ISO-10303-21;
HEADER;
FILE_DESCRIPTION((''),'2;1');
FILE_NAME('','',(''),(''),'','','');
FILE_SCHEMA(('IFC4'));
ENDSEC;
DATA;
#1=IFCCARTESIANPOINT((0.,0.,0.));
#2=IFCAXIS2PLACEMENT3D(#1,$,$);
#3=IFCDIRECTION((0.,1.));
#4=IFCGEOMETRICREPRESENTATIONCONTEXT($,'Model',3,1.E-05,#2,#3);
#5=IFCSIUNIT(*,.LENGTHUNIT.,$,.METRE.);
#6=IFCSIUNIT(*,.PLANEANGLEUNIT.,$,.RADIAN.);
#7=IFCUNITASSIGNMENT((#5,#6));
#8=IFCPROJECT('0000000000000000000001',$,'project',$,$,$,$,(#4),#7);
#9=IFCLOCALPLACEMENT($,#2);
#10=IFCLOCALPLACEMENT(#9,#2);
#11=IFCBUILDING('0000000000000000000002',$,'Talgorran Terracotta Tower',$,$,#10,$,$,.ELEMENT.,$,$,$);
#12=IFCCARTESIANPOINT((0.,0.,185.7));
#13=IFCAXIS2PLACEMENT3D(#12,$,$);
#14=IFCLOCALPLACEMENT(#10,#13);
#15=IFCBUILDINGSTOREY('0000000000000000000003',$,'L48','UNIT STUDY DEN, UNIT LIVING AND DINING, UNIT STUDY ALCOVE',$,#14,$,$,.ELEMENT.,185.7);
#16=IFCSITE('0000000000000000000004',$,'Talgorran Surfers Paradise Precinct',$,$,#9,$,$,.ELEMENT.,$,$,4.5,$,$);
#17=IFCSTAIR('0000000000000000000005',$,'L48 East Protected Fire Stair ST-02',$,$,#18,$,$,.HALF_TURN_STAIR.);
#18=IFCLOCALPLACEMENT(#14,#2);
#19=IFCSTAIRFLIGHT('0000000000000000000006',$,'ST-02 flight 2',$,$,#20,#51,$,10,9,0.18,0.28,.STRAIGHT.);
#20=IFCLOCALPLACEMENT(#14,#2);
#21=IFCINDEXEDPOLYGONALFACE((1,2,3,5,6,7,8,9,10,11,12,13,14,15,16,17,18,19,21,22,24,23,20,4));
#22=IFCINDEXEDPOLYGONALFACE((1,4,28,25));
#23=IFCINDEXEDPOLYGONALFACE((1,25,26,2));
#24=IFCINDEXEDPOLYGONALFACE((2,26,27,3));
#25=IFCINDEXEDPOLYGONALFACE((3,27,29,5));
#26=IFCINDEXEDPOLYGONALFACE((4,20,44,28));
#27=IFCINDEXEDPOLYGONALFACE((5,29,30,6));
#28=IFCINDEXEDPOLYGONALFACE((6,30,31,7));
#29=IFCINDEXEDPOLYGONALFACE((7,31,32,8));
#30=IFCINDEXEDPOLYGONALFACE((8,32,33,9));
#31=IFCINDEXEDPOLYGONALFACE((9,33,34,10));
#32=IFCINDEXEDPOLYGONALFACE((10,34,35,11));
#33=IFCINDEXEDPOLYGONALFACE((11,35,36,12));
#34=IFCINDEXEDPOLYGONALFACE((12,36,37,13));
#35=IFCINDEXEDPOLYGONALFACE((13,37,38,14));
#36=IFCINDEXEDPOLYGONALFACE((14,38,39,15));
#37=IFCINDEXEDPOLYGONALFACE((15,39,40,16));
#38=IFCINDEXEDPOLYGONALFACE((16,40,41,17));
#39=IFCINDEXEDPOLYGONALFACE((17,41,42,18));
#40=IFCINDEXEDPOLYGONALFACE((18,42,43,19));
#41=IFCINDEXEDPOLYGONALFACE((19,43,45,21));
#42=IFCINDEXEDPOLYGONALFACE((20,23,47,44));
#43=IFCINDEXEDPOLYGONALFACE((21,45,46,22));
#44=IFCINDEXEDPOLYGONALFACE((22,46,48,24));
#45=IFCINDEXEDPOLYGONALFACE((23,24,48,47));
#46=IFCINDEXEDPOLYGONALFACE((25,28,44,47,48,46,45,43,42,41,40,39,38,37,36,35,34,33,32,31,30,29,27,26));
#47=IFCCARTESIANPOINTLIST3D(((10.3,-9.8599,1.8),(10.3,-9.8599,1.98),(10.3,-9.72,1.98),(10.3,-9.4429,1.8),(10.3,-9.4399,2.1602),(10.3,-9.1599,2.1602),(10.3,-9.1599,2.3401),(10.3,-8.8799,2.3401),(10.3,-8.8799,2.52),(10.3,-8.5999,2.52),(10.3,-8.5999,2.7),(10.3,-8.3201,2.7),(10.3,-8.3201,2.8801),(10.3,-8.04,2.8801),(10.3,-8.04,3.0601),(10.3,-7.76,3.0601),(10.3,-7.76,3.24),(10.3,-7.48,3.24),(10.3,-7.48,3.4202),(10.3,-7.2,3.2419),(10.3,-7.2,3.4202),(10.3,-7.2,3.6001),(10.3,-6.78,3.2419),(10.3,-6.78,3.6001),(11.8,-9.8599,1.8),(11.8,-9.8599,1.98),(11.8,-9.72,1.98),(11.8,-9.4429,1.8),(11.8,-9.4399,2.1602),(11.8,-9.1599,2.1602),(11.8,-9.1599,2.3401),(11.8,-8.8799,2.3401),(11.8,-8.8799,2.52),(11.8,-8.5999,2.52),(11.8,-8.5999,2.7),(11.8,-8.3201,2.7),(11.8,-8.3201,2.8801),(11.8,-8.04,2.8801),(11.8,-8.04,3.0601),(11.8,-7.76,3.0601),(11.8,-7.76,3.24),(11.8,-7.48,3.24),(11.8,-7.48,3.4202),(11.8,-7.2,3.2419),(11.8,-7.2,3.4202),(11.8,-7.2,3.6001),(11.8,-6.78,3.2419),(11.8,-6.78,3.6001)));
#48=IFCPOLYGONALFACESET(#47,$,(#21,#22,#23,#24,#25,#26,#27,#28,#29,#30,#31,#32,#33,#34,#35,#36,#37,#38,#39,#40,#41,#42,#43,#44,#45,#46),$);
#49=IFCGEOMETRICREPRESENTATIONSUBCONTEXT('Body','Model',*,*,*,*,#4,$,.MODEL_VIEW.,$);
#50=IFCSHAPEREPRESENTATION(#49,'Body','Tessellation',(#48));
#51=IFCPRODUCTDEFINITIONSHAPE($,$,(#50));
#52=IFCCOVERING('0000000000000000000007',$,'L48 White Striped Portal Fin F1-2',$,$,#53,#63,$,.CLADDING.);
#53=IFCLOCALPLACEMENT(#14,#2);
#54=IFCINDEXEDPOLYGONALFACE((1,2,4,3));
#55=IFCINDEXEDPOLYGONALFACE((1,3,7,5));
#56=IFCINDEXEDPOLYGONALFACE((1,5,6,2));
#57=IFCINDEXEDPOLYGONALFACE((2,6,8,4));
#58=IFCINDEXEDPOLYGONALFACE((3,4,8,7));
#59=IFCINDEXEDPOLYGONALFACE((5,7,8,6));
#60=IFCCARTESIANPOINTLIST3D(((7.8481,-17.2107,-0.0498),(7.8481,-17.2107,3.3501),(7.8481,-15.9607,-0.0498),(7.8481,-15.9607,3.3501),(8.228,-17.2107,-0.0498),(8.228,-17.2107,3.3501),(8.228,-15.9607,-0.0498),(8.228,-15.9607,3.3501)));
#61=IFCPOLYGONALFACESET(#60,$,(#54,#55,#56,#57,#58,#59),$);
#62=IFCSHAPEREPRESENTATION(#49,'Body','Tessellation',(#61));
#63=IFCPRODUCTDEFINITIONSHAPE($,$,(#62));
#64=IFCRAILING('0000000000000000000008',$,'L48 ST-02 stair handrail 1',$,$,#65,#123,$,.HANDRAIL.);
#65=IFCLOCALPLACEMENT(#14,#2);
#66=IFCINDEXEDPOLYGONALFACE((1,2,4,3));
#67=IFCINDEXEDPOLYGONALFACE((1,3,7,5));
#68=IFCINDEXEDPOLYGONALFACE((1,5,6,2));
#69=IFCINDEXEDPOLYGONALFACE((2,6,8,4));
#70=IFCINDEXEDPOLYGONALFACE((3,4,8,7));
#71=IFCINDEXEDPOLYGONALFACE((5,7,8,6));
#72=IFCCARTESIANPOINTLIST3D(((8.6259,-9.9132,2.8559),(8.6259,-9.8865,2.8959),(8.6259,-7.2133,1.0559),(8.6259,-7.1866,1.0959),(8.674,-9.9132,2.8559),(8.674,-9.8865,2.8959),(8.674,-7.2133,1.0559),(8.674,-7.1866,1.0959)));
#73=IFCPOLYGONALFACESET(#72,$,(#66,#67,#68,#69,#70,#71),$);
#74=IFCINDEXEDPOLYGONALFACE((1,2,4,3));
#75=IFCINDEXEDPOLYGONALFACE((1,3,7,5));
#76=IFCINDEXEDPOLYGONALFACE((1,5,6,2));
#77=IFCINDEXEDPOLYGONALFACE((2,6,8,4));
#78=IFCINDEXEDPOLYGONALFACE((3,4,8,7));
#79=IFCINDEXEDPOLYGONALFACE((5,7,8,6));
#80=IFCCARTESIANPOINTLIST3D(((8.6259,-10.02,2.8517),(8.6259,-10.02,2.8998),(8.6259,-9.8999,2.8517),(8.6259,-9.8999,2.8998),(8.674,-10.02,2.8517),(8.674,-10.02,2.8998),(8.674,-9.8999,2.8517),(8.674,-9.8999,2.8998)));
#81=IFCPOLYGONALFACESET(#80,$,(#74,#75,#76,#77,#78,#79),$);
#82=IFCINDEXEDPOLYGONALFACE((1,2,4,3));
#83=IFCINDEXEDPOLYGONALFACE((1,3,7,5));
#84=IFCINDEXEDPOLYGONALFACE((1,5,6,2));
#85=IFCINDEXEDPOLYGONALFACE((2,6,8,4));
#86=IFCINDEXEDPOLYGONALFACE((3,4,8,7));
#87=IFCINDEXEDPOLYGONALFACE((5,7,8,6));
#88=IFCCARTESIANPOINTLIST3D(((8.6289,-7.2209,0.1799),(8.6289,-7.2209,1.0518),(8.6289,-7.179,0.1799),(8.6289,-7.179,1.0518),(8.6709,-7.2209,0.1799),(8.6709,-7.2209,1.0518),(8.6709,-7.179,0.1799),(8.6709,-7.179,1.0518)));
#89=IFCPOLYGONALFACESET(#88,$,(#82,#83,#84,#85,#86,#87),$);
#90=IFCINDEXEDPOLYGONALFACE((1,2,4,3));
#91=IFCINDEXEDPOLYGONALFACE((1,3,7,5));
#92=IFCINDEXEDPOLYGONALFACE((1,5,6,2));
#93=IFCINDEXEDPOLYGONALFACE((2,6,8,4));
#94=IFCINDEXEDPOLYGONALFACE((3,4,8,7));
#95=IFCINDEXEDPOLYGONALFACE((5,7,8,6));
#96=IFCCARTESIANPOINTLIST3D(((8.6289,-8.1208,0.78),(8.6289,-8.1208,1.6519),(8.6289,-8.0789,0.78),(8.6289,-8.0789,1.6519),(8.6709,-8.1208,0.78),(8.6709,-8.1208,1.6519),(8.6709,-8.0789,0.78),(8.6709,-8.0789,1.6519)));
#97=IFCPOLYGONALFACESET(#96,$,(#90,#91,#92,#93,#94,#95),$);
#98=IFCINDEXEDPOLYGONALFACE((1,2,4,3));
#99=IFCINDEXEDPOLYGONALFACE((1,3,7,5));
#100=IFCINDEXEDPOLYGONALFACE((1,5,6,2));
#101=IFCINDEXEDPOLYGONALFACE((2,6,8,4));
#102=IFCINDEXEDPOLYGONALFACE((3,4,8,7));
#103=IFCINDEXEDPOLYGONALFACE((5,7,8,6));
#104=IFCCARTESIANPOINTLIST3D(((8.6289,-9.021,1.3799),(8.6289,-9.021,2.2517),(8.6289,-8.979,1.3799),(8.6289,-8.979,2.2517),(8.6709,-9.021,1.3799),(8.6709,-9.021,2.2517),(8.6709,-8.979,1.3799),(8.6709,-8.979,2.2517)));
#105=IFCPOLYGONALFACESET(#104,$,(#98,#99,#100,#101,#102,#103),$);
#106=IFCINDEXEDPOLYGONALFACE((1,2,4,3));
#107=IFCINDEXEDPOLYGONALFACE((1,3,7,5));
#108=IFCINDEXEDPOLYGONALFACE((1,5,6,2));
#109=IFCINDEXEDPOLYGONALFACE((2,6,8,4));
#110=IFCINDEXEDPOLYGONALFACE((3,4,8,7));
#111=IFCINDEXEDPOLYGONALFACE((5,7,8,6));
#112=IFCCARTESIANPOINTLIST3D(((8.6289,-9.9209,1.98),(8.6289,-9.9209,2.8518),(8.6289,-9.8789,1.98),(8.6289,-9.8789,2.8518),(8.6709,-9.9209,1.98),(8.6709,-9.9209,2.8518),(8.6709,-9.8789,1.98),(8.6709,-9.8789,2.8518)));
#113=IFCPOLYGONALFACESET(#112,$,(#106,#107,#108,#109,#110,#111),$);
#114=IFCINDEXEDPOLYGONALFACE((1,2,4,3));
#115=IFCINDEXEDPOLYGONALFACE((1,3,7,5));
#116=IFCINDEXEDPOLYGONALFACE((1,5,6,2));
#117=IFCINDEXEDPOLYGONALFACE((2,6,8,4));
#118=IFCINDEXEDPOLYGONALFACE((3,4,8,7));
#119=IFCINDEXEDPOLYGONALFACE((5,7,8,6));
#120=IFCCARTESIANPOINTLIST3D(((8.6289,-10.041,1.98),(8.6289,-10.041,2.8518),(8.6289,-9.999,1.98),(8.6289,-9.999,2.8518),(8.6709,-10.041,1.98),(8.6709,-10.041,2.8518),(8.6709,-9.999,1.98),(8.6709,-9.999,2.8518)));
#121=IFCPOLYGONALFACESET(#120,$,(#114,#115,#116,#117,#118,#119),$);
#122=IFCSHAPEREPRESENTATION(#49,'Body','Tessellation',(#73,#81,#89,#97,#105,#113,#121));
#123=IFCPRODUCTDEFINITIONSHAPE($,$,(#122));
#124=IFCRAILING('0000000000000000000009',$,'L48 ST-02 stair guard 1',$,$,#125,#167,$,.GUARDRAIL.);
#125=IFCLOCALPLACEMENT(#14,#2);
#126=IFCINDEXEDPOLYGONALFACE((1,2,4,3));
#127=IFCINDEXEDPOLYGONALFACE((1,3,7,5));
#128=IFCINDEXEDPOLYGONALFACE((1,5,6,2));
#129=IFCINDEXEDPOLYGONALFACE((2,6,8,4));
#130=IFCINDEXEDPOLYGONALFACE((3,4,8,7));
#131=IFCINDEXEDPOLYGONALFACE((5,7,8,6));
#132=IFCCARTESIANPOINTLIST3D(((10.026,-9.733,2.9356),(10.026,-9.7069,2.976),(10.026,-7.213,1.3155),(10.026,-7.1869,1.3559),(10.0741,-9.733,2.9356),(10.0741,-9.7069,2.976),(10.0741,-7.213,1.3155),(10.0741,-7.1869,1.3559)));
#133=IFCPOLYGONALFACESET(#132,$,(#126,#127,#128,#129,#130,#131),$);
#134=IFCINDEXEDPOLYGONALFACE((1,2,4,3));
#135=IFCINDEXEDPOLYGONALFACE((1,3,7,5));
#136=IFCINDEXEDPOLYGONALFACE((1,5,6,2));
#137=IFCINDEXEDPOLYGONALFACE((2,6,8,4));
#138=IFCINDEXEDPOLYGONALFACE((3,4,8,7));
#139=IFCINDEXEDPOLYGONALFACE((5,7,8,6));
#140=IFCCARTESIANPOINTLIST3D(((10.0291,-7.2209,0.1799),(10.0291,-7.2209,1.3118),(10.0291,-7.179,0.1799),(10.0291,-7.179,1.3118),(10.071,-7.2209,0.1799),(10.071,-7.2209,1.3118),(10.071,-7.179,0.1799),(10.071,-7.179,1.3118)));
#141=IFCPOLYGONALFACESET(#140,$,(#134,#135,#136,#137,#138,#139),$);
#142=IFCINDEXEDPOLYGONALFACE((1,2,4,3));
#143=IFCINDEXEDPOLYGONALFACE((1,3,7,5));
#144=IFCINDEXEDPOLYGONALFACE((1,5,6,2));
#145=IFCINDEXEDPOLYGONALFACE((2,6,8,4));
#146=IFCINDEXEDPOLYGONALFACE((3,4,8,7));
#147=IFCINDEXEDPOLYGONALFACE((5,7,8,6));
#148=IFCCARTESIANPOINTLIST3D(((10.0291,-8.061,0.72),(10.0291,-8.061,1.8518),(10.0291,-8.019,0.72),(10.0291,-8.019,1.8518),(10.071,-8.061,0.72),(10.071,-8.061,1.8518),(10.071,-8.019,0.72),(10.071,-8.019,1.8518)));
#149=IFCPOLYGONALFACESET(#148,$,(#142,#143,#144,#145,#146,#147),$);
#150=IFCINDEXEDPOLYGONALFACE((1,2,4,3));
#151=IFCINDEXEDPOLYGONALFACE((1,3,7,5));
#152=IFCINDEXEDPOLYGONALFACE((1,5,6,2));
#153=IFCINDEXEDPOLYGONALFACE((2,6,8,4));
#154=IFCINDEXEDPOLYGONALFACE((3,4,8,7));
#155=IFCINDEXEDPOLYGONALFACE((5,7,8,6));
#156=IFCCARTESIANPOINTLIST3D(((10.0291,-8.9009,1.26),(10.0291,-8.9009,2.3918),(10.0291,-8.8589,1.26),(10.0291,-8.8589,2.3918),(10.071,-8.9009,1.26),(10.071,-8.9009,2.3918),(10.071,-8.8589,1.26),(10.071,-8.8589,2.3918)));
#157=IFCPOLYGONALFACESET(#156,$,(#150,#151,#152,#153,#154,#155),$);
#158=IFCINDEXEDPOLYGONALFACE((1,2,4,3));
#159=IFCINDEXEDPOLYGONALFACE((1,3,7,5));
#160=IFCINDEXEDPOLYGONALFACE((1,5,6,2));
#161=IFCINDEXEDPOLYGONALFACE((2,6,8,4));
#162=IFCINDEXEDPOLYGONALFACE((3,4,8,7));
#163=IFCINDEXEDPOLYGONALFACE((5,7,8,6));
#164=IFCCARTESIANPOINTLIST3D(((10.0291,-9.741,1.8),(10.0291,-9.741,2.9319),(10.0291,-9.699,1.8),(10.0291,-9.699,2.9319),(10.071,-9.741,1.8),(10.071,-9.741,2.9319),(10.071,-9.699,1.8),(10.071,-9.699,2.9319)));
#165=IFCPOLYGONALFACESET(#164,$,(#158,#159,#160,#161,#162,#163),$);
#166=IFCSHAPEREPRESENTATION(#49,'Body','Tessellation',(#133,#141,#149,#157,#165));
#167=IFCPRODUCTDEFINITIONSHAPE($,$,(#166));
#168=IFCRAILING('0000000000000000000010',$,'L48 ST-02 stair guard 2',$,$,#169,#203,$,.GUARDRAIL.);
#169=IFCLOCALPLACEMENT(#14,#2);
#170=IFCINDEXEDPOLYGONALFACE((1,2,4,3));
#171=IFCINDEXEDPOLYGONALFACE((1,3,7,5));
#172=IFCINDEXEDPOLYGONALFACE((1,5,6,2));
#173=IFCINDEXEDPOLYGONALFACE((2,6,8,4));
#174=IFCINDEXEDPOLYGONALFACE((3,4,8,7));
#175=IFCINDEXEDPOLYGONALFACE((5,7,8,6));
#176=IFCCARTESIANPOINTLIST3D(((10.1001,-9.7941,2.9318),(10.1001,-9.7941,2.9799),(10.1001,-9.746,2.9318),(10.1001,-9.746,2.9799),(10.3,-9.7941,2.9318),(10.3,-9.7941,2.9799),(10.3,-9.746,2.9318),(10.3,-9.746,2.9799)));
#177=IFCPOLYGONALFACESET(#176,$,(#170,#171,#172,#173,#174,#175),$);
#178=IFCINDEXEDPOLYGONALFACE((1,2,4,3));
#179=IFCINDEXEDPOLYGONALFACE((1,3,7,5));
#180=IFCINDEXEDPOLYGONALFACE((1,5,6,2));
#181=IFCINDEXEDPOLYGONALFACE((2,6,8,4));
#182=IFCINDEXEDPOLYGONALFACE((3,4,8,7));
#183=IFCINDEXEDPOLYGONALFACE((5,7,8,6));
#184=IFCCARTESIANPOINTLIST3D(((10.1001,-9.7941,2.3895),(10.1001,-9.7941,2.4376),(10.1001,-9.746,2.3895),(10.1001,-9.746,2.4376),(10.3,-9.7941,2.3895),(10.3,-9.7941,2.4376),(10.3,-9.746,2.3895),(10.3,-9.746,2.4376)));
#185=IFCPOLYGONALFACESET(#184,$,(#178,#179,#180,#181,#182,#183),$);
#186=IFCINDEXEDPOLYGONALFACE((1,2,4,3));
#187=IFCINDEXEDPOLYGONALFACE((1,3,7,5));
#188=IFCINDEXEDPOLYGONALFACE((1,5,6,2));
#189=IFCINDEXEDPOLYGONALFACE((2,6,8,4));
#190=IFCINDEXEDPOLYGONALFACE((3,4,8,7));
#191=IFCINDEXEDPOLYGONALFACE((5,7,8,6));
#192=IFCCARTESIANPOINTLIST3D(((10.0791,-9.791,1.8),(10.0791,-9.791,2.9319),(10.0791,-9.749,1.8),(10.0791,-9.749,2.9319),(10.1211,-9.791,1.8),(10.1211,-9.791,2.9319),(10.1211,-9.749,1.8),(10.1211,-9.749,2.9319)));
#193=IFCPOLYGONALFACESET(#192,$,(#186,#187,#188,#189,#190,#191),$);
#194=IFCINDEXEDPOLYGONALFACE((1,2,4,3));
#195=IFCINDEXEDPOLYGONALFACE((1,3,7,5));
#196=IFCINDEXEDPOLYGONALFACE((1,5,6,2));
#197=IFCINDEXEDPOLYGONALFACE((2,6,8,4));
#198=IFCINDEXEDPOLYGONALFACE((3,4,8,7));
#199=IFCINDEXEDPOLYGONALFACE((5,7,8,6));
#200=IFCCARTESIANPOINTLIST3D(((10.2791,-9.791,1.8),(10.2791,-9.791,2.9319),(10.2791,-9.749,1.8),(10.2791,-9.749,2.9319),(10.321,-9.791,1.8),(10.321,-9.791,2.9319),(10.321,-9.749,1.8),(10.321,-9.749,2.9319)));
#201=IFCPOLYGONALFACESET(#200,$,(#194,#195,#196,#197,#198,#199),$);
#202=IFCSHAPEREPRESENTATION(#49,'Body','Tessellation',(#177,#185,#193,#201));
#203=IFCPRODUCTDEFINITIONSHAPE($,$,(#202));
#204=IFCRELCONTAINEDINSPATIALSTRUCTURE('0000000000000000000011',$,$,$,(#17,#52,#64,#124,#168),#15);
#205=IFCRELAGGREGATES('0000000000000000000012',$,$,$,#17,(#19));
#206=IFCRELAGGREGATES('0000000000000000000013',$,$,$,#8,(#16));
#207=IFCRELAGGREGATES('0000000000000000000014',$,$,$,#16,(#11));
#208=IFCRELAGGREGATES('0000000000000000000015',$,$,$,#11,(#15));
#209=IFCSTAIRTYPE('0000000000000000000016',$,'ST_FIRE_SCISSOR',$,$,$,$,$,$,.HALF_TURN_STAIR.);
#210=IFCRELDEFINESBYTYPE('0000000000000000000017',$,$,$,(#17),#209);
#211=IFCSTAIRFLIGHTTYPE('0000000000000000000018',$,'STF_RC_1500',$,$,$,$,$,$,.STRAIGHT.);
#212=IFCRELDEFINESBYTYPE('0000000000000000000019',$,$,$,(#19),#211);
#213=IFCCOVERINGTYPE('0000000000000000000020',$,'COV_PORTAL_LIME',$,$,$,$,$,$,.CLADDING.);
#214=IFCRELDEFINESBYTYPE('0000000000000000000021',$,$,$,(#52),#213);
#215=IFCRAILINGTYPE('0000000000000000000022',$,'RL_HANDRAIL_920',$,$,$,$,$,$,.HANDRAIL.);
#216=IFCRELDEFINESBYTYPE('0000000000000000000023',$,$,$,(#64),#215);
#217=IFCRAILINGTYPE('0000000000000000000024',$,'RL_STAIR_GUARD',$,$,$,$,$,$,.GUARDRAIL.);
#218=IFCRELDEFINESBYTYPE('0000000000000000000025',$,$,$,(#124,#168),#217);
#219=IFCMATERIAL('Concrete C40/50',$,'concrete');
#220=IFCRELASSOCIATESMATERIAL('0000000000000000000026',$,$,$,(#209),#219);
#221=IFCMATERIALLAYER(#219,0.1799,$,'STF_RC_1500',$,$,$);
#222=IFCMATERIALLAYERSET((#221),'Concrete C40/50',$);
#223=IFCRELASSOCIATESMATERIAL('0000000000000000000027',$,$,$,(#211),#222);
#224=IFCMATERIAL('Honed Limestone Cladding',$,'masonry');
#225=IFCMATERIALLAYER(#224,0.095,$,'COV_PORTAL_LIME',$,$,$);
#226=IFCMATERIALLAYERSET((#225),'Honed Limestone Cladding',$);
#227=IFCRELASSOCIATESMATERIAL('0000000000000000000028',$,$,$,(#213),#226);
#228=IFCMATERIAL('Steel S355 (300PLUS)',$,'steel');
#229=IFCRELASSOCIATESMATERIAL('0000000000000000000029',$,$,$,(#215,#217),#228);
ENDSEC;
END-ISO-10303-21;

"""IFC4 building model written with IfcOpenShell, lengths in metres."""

from ifc_helpers import new_model, si_unit, direction, frame, origin, origin_2d, place, context, subcontext, project, spatial, polyline, rectangle, outline, extrude, material, layer, layer_set, type_object, element, aggregate, save


model = new_model("IFC4")

# Units and contexts
model_context = context("Model", 3, precision=1e-05, world=origin(), true_north=direction((0.0, 1.0)))
body_context = subcontext(model_context, "Body", "Model", "MODEL_VIEW")
ifc_project = project(units=[si_unit("LENGTHUNIT", "METRE"), si_unit("PLANEANGLEUNIT", "RADIAN")], contexts=[model_context])

# Site, building, storey
site_placement = place(None, origin())
site = spatial("IfcSite", under=ifc_project, at=site_placement, Name="Talgorran Surfers Paradise Precinct", CompositionType="ELEMENT", RefElevation=4.5)
building_placement = place(site_placement, origin())
building = spatial("IfcBuilding", under=site, at=building_placement, Name="Talgorran Terracotta Tower", CompositionType="ELEMENT")
storey_placement = place(building_placement, frame((0.0, 0.0, 185.7)))
storey = spatial("IfcBuildingStorey", under=building, at=storey_placement, Name="L48", Description="UNIT STUDY DEN, UNIT LIVING AND DINING, UNIT STUDY ALCOVE", CompositionType="ELEMENT", Elevation=185.7)

# Shared definitions
ifc_material_1 = material(Name="Steel S355 (300PLUS)", Category="steel")

# Stair, stair flight
ifc_material_2 = material(Name="Concrete C40/50", Category="concrete")
stair_type = type_object("IfcStairType", Name="ST_FIRE_SCISSOR", PredefinedType="HALF_TURN_STAIR", material=ifc_material_2)
stair_placement = place(storey_placement, origin())
stair = element("IfcStair", 1, at=stair_placement, inside=storey, type_object=stair_type, Name="L48 East Protected Fire Stair ST-02", PredefinedType="HALF_TURN_STAIR")
ifc_layer_1 = layer(ifc_material_2, 0.1799, Name="STF_RC_1500")
ifc_layer_set_1 = layer_set([ifc_layer_1], Name="Concrete C40/50")
stair_flight_type = type_object("IfcStairFlightType", Name="STF_RC_1500", PredefinedType="STRAIGHT", material=ifc_layer_set_1)
stair_flight_1_placement = place(storey_placement, frame((11.05, -9.72, 1.8), z_axis=(0.0, 0.0, 1.0), x_axis=(0.0, 1.0, 0.0)))
stair_flight_1 = element("IfcStairFlight", 2, at=stair_flight_1_placement, type_object=stair_flight_type, Name="ST-02 flight 2", NumberOfRisers=10, NumberOfTreads=9, PredefinedType="STRAIGHT", RiserHeight=0.18, TreadLength=0.28, context=body_context, shape_type="SweptSolid", body=[
    extrude(outline(polyline([(-0.1399, 0.0), (-0.1399, 0.1799), (0.0, 0.1799), (0.28, 0.3601), (0.5601, 0.3601), (0.5601, 0.54), (0.8401, 0.54), (0.8401, 0.72), (1.1201, 0.72), (1.1201, 0.8999), (1.3999, 0.8999), (1.3999, 1.0801), (1.6799, 1.0801), (1.6799, 1.26), (1.96, 1.26), (1.96, 1.4399), (2.24, 1.4399), (2.24, 1.6201), (2.52, 1.6201), (2.52, 1.8), (2.9399, 1.8), (2.9399, 1.4419), (2.52, 1.4419), (0.2771, 0.0), (-0.1399, 0.0)])), frame((0.0, 0.75, 0.0), z_axis=(0.0, -1.0, 0.0), x_axis=(1.0, 0.0, 0.0)), (0.0, 0.0, 1.0), 1.5),
])
aggregate(stair, [stair_flight_1])

# Covering
ifc_material_3 = material(Name="Honed Limestone Cladding", Category="masonry")
ifc_layer_2 = layer(ifc_material_3, 0.095, Name="COV_PORTAL_LIME")
ifc_layer_set_2 = layer_set([ifc_layer_2], Name="Honed Limestone Cladding")
covering_type = type_object("IfcCoveringType", Name="COV_PORTAL_LIME", PredefinedType="CLADDING", material=ifc_layer_set_2)
covering_placement = place(storey_placement, frame((8.0381, -16.5857, -0.0498), z_axis=(0.0, 0.0, 1.0), x_axis=(1.0, 0.0, 0.0)))
element("IfcCovering", 3, at=covering_placement, inside=storey, type_object=covering_type, Name="L48 White Striped Portal Fin F1-2", PredefinedType="CLADDING", context=body_context, shape_type="SweptSolid", body=[
    extrude(rectangle(XDim=0.3799, YDim=1.25, at=origin_2d()), origin(), (0.0, 0.0, 1.0), 3.3999),
])

# Railings
railing_type_1 = type_object("IfcRailingType", Name="RL_HANDRAIL_920", PredefinedType="HANDRAIL", material=ifc_material_1)
railing_1_placement = place(storey_placement, frame((8.6499, -7.2, 0.1799)))
element("IfcRailing", 4, at=railing_1_placement, inside=storey, type_object=railing_type_1, Name="L48 ST-02 stair handrail 1", PredefinedType="HANDRAIL", context=body_context, shape_type="SweptSolid", body=[
    extrude(rectangle(XDim=0.0481, YDim=0.0481, at=origin_2d()), frame((0.0, 0.0, 0.896), z_axis=(0.0, -0.832039, 0.554718), x_axis=(1.0, 0.0, 0.0)), (0.0, 0.0, 1.0), 3.2449),
    extrude(rectangle(XDim=0.0481, YDim=0.0481, at=origin_2d()), frame((0.0, -2.7, 2.6958), z_axis=(0.0, -1.0, 0.0), x_axis=(1.0, 0.0, 0.0)), (0.0, 0.0, 1.0), 0.1201),
    extrude(rectangle(XDim=0.042, YDim=0.042, at=origin_2d()), origin(), (0.0, 0.0, 1.0), 0.8718),
    extrude(rectangle(XDim=0.042, YDim=0.042, at=origin_2d()), frame((0.0, -0.8999, 0.6001)), (0.0, 0.0, 1.0), 0.8718),
    extrude(rectangle(XDim=0.042, YDim=0.042, at=origin_2d()), frame((0.0, -1.8, 1.2)), (0.0, 0.0, 1.0), 0.8718),
    extrude(rectangle(XDim=0.042, YDim=0.042, at=origin_2d()), frame((0.0, -2.7, 1.8)), (0.0, 0.0, 1.0), 0.8718),
    extrude(rectangle(XDim=0.042, YDim=0.042, at=origin_2d()), frame((0.0, -2.8201, 1.8)), (0.0, 0.0, 1.0), 0.8718),
])
railing_type_2 = type_object("IfcRailingType", Name="RL_STAIR_GUARD", PredefinedType="GUARDRAIL", material=ifc_material_1)
railing_2_placement = place(storey_placement, frame((10.05, -7.2, 0.1799)))
element("IfcRailing", 5, at=railing_2_placement, inside=storey, type_object=railing_type_2, Name="L48 ST-02 stair guard 1", PredefinedType="GUARDRAIL", context=body_context, shape_type="SweptSolid", body=[
    extrude(rectangle(XDim=0.0481, YDim=0.0481, at=origin_2d()), frame((0.0, 0.0, 1.1558), z_axis=(0.0, -0.841163, 0.540782), x_axis=(1.0, 0.0, 0.0)), (0.0, 0.0, 1.0), 2.9958),
    extrude(rectangle(XDim=0.042, YDim=0.042, at=origin_2d()), origin(), (0.0, 0.0, 1.0), 1.1318),
    extrude(rectangle(XDim=0.042, YDim=0.042, at=origin_2d()), frame((0.0, -0.8401, 0.54)), (0.0, 0.0, 1.0), 1.1318),
    extrude(rectangle(XDim=0.042, YDim=0.042, at=origin_2d()), frame((0.0, -1.6799, 1.0801)), (0.0, 0.0, 1.0), 1.1318),
    extrude(rectangle(XDim=0.042, YDim=0.042, at=origin_2d()), frame((0.0, -2.52, 1.6201)), (0.0, 0.0, 1.0), 1.1318),
])
railing_3_placement = place(storey_placement, frame((10.1001, -9.77, 1.8)))
element("IfcRailing", 6, at=railing_3_placement, inside=storey, type_object=railing_type_2, Name="L48 ST-02 stair guard 2", PredefinedType="GUARDRAIL", context=body_context, shape_type="SweptSolid", body=[
    extrude(rectangle(XDim=0.0481, YDim=0.0481, at=origin_2d()), frame((0.0, 0.0, 1.1558), z_axis=(1.0, 0.0, 0.0), x_axis=(0.0, 1.0, 0.0)), (0.0, 0.0, 1.0), 0.2),
    extrude(rectangle(XDim=0.0481, YDim=0.0481, at=origin_2d()), frame((0.0, 0.0, 0.6135), z_axis=(1.0, 0.0, 0.0), x_axis=(0.0, 1.0, 0.0)), (0.0, 0.0, 1.0), 0.2),
    extrude(rectangle(XDim=0.042, YDim=0.042, at=origin_2d()), origin(), (0.0, 0.0, 1.0), 1.1318),
    extrude(rectangle(XDim=0.042, YDim=0.042, at=origin_2d()), frame((0.2, 0.0, 0.0)), (0.0, 0.0, 1.0), 1.1318),
])

save(model, "model.ifc")
